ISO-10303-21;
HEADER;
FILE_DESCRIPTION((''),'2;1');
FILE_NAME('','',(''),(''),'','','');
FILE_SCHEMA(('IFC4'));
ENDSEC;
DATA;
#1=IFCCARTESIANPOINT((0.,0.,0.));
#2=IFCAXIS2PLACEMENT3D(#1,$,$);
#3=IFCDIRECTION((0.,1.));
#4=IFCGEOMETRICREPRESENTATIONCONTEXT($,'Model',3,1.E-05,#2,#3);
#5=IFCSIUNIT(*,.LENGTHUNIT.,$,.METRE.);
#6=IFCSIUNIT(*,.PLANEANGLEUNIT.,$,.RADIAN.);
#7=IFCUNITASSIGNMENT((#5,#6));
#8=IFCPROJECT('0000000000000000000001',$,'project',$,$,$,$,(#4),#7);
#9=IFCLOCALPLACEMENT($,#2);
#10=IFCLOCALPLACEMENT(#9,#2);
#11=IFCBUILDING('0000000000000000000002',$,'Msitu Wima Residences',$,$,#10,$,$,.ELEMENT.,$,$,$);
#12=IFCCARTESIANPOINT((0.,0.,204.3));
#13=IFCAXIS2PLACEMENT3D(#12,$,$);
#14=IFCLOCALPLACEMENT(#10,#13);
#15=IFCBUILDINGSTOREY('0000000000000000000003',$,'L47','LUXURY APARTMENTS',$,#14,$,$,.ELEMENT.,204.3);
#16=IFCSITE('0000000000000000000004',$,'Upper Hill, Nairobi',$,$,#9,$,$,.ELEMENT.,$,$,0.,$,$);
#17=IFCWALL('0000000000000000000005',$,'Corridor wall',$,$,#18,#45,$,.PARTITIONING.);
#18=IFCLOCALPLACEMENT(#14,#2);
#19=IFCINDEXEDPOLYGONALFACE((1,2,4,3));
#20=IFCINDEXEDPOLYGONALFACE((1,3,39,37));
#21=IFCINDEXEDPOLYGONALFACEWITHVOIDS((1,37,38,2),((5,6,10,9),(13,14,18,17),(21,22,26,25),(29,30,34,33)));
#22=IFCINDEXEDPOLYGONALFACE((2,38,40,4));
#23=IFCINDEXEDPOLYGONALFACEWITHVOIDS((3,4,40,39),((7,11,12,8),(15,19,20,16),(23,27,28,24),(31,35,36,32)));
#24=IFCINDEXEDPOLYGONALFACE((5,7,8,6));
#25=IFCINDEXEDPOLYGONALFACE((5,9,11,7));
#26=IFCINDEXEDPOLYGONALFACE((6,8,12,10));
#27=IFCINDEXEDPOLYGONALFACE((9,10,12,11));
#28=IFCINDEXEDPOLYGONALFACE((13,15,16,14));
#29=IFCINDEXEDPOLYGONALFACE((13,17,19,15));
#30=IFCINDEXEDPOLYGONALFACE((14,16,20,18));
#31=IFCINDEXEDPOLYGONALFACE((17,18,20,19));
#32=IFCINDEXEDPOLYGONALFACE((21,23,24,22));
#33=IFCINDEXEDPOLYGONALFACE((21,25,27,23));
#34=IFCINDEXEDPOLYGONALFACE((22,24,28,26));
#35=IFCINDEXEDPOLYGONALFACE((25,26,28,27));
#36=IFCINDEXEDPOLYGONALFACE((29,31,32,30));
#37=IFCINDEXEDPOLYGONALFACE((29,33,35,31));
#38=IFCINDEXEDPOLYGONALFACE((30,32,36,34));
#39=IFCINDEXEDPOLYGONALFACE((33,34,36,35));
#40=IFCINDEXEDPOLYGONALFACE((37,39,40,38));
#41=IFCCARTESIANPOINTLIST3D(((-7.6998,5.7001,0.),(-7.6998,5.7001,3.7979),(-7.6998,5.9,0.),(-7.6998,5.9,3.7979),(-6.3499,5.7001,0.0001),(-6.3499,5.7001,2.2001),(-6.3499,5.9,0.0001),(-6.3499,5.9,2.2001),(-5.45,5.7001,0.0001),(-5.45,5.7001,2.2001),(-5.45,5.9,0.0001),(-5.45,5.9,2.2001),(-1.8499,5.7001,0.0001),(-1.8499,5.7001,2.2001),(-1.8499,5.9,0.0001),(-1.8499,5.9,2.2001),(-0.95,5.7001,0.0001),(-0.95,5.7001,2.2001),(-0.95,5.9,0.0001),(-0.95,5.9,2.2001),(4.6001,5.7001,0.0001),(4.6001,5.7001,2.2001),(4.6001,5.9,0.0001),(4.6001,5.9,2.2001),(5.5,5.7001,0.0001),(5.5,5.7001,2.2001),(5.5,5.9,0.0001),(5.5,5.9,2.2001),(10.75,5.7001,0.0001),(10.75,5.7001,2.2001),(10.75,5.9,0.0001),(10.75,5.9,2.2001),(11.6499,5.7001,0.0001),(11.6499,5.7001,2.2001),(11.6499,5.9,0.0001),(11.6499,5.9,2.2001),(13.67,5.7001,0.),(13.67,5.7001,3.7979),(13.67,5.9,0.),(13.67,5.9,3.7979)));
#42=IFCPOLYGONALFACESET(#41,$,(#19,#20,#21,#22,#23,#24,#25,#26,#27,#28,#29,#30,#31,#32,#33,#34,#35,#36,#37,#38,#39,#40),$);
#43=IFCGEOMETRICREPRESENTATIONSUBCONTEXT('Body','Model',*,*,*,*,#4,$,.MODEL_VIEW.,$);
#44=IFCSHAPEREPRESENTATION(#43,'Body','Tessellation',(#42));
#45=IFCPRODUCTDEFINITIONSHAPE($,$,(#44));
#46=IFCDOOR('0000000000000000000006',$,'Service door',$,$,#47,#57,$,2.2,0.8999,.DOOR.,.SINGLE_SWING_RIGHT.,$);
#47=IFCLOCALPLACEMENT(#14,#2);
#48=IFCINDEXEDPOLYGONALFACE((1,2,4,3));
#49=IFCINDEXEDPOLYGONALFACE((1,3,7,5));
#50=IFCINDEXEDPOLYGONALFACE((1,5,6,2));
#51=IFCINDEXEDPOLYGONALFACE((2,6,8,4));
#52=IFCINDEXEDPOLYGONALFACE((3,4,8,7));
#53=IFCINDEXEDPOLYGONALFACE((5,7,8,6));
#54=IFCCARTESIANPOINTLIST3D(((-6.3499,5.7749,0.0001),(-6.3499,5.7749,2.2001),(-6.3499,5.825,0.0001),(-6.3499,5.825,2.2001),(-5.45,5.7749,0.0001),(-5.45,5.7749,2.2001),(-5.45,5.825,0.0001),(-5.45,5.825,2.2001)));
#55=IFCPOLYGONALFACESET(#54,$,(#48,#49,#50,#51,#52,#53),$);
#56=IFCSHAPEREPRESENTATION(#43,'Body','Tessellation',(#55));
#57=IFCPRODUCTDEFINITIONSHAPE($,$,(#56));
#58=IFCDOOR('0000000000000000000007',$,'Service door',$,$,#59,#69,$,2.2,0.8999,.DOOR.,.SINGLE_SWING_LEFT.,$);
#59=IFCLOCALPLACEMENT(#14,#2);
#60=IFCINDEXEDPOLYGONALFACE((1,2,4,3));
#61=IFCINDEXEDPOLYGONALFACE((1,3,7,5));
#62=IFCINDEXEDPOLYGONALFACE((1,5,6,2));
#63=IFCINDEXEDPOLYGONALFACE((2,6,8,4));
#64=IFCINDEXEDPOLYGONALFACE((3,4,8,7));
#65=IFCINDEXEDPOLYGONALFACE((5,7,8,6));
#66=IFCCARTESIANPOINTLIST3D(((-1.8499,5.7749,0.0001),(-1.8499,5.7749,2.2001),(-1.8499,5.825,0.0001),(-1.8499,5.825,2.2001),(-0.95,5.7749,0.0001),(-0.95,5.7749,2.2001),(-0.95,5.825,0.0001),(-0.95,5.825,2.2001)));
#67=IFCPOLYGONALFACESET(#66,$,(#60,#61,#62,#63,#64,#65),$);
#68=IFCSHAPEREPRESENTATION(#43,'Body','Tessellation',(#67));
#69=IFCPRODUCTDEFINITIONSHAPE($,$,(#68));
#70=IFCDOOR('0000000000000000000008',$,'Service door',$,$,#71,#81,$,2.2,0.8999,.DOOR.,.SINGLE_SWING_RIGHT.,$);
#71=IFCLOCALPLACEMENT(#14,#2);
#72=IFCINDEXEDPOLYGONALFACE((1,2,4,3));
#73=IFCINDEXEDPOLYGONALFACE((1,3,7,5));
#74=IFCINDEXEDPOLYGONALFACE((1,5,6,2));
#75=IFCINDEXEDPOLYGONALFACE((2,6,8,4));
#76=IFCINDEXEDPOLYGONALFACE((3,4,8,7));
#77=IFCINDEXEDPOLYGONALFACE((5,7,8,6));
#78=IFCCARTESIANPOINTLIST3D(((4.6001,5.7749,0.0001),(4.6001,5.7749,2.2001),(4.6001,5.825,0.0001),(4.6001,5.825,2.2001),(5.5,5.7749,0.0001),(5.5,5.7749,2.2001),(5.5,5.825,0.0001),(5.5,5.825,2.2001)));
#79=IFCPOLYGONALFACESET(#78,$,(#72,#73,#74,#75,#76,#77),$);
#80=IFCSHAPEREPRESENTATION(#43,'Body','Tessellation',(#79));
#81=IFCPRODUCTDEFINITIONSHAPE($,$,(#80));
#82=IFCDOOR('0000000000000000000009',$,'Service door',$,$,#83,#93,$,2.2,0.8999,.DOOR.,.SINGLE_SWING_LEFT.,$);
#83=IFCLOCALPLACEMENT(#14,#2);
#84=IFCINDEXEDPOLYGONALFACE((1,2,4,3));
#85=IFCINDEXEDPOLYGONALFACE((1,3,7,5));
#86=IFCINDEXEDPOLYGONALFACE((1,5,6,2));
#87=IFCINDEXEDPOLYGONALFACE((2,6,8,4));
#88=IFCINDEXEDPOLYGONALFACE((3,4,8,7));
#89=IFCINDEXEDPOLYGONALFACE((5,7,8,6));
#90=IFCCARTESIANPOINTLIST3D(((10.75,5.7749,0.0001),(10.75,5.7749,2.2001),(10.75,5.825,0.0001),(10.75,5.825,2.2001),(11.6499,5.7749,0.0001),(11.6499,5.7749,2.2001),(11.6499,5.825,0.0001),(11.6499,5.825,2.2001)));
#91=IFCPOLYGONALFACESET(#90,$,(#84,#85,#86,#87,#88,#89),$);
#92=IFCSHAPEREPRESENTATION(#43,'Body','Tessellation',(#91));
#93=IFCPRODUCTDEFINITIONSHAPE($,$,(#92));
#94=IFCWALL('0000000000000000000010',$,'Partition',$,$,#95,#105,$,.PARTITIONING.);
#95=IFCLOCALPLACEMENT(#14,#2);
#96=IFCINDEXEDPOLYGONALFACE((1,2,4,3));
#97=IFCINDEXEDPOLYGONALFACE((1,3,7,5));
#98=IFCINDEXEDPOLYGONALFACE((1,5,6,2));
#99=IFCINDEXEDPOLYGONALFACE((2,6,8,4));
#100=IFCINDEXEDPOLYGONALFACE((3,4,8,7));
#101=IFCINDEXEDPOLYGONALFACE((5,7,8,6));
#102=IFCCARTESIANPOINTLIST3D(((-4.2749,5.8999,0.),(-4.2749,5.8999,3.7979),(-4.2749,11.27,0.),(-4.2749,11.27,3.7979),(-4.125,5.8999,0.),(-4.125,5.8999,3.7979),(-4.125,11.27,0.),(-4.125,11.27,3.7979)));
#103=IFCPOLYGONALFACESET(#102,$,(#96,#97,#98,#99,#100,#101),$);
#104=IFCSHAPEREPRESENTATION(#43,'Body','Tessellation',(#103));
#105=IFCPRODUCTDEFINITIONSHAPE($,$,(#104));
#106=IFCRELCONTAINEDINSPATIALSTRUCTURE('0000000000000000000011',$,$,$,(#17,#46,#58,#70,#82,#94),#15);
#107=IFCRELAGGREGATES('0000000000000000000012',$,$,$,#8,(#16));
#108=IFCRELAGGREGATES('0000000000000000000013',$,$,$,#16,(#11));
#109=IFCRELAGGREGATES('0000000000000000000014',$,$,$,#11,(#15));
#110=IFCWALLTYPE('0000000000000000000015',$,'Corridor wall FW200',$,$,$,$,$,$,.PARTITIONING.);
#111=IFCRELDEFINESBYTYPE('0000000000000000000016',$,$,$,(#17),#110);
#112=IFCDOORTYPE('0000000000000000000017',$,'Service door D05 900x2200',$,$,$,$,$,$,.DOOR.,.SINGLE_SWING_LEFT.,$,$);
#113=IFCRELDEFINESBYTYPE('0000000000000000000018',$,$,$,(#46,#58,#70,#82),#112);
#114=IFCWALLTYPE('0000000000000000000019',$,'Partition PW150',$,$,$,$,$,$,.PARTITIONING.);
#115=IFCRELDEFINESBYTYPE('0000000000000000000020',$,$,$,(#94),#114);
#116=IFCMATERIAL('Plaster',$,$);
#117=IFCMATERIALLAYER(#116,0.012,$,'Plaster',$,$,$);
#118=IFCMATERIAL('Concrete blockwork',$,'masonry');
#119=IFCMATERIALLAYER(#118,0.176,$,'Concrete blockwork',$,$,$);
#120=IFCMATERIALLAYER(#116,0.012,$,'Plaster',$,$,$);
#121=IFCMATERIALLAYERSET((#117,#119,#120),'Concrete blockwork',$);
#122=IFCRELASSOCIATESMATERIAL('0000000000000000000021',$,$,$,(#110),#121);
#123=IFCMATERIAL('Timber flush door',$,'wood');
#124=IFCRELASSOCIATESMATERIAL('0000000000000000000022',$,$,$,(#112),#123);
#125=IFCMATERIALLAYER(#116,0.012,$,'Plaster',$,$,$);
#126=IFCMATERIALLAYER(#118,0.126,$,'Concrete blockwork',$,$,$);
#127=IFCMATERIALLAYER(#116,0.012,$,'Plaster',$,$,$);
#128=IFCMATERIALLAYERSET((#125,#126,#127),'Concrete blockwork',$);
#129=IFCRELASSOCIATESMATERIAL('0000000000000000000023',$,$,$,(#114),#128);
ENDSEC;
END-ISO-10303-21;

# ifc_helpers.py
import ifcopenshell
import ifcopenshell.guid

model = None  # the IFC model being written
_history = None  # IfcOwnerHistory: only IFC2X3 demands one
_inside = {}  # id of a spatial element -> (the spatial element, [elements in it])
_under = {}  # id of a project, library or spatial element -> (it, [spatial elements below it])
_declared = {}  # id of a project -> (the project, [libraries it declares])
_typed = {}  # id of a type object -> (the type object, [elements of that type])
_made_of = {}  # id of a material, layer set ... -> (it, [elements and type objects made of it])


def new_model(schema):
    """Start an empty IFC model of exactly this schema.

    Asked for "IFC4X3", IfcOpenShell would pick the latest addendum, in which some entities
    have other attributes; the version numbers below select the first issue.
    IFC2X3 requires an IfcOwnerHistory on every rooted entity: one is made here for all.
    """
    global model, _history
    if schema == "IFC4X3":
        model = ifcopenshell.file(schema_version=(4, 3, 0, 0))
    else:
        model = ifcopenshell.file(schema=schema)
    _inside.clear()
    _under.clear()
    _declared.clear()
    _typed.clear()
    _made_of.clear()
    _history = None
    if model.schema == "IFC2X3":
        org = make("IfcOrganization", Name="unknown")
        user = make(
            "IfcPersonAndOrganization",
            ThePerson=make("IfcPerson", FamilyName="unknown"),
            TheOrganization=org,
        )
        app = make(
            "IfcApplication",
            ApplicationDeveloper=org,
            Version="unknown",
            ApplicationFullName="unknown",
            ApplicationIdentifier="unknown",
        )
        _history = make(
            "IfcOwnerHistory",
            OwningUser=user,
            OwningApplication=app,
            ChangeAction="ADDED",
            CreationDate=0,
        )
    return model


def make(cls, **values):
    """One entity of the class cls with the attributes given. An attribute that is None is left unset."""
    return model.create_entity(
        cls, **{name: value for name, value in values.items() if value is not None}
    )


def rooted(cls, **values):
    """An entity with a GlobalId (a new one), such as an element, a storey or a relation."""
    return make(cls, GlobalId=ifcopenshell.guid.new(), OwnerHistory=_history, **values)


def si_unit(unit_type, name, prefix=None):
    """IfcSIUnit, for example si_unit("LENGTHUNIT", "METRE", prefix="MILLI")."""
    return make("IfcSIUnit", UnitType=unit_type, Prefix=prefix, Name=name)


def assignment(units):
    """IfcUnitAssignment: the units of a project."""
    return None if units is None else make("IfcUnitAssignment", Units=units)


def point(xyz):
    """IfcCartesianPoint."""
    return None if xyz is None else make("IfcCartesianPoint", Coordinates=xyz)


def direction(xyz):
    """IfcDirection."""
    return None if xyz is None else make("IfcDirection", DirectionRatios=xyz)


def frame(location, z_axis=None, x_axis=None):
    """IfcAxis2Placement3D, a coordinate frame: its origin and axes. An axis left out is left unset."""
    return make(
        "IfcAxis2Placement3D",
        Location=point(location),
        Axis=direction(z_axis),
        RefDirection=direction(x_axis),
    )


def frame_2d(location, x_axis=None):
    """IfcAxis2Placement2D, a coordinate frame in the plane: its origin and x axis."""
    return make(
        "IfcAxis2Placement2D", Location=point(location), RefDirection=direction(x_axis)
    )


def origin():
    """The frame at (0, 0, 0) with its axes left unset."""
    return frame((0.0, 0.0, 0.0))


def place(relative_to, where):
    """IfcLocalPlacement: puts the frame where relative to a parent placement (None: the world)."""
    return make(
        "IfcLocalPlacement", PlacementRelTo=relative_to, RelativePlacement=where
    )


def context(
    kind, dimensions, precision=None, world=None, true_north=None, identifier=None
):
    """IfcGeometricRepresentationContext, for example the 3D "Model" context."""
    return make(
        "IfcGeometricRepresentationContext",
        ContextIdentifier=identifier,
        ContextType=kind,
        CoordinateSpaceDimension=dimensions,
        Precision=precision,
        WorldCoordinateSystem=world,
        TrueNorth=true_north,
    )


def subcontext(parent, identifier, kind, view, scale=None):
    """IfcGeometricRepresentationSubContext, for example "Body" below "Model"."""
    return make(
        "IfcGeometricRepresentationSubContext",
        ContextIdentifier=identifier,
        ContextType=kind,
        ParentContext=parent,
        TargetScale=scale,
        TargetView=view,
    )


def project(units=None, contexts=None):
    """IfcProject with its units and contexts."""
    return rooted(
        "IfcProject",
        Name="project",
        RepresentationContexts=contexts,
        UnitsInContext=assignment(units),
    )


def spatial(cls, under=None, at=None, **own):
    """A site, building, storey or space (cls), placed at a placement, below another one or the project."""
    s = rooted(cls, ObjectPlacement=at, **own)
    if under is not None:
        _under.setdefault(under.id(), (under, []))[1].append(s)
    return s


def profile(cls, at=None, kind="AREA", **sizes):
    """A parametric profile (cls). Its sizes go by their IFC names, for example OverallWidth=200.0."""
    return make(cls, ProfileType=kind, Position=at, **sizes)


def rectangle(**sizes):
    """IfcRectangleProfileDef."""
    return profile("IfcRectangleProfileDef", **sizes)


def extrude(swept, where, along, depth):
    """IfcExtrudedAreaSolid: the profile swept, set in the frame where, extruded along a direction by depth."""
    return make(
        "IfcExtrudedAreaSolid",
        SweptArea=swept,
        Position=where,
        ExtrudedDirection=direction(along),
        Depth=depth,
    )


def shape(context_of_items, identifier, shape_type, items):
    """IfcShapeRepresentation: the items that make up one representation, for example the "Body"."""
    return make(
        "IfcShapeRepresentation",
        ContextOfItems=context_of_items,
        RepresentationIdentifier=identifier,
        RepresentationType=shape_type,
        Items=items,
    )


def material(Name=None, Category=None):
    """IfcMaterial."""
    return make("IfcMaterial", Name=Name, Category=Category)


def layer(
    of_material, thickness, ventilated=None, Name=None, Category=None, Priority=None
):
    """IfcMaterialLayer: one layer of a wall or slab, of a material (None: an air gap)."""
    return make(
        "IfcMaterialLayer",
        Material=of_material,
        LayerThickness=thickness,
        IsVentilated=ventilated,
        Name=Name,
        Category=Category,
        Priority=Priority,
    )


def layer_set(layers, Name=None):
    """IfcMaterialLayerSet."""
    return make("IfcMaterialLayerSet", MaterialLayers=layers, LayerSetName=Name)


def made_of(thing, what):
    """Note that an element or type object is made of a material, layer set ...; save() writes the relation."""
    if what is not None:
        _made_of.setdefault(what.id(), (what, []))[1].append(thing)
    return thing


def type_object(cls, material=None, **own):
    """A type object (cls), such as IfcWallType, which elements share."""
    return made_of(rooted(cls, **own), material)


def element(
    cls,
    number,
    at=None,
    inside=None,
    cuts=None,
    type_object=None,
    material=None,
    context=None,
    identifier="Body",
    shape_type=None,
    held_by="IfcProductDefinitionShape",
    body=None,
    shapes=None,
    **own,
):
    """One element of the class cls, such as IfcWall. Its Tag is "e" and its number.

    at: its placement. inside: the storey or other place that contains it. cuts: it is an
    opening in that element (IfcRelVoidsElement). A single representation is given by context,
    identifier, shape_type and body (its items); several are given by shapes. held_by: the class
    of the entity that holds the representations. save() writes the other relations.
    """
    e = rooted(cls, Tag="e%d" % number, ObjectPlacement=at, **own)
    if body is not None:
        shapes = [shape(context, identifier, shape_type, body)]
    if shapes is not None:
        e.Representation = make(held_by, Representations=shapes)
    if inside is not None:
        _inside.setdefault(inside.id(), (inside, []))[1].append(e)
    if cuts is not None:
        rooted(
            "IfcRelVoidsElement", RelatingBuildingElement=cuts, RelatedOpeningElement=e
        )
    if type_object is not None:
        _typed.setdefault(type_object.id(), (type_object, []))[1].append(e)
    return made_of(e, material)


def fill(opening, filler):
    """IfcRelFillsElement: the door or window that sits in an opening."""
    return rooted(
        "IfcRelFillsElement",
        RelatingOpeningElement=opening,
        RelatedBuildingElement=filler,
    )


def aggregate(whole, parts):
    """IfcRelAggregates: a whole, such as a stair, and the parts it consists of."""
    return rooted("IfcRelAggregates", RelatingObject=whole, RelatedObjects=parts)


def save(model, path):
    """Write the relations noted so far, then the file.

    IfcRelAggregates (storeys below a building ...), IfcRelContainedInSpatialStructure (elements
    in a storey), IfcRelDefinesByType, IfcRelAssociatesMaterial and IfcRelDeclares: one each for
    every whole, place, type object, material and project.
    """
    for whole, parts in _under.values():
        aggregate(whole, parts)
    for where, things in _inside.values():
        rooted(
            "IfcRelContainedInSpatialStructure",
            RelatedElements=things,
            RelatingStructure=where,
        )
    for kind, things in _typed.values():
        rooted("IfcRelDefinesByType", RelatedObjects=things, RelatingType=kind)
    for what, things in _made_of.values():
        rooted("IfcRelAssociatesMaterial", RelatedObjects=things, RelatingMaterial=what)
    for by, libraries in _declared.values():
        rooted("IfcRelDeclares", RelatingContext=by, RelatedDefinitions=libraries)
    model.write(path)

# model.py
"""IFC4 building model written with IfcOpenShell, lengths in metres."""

from ifc_helpers import new_model, si_unit, direction, frame, frame_2d, origin, place, context, subcontext, project, spatial, rectangle, extrude, material, layer, layer_set, type_object, element, fill, save


model = new_model("IFC4")

# Units and contexts
model_context = context("Model", 3, precision=1e-05, world=origin(), true_north=direction((0.0, 1.0)))
body_context = subcontext(model_context, "Body", "Model", "MODEL_VIEW")
ifc_project = project(units=[si_unit("LENGTHUNIT", "METRE"), si_unit("PLANEANGLEUNIT", "RADIAN")], contexts=[model_context])

# Site, building, storey
site_placement = place(None, origin())
site = spatial("IfcSite", under=ifc_project, at=site_placement, Name="Upper Hill, Nairobi", CompositionType="ELEMENT", RefElevation=0.0)
building_placement = place(site_placement, origin())
building = spatial("IfcBuilding", under=site, at=building_placement, Name="Msitu Wima Residences", CompositionType="ELEMENT")
storey_placement = place(building_placement, frame((0.0, 0.0, 204.3)))
storey = spatial("IfcBuildingStorey", under=building, at=storey_placement, Name="L47", Description="LUXURY APARTMENTS", CompositionType="ELEMENT", Elevation=204.3)

# Shared definitions
ifc_material_1 = material(Name="Plaster")
ifc_layer_1 = layer(ifc_material_1, 0.012, Name="Plaster")
ifc_material_2 = material(Name="Concrete blockwork", Category="masonry")
ifc_layer_2 = layer(ifc_material_2, 0.176, Name="Concrete blockwork")
ifc_layer_3 = layer(ifc_material_1, 0.012, Name="Plaster")
ifc_layer_set_1 = layer_set([ifc_layer_1, ifc_layer_2, ifc_layer_3], Name="Concrete blockwork")
wall_type_1 = type_object("IfcWallType", Name="Corridor wall FW200", PredefinedType="PARTITIONING", material=ifc_layer_set_1)

# Wall, openings, doors
wall_1_placement = place(storey_placement, frame((-7.7, 5.8, 0.0), z_axis=(0.0, 0.0, 1.0), x_axis=(1.0, 0.0, 0.0)))
wall_1 = element("IfcWall", 1, at=wall_1_placement, inside=storey, type_object=wall_type_1, Name="Corridor wall", PredefinedType="PARTITIONING", context=body_context, shape_type="SweptSolid", body=[
    extrude(rectangle(XDim=21.3699, YDim=0.2, at=frame_2d((10.6851, 0.0))), origin(), (0.0, 0.0, 1.0), 3.7979),
])
opening_1_placement = place(wall_1_placement, frame((1.3501, 0.0, 0.0)))
opening_1 = element("IfcOpeningElement", 2, at=opening_1_placement, cuts=wall_1, PredefinedType="OPENING", context=body_context, shape_type="SweptSolid", body=[
    extrude(rectangle(XDim=0.8999, YDim=2.2, at=frame_2d((0.45, 1.1001))), frame((0.0, 0.1099, 0.0), z_axis=(0.0, -1.0, 0.0), x_axis=(1.0, 0.0, 0.0)), (0.0, 0.0, 1.0), 0.22),
])
opening_2_placement = place(wall_1_placement, frame((5.8501, 0.0, 0.0)))
opening_2 = element("IfcOpeningElement", 3, at=opening_2_placement, cuts=wall_1, PredefinedType="OPENING", context=body_context, shape_type="SweptSolid", body=[
    extrude(rectangle(XDim=0.8999, YDim=2.2, at=frame_2d((0.45, 1.1001))), frame((0.0, 0.1099, 0.0), z_axis=(0.0, -1.0, 0.0), x_axis=(1.0, 0.0, 0.0)), (0.0, 0.0, 1.0), 0.22),
])
opening_3_placement = place(wall_1_placement, frame((12.3, 0.0, 0.0)))
opening_3 = element("IfcOpeningElement", 4, at=opening_3_placement, cuts=wall_1, PredefinedType="OPENING", context=body_context, shape_type="SweptSolid", body=[
    extrude(rectangle(XDim=0.8999, YDim=2.2, at=frame_2d((0.45, 1.1001))), frame((0.0, 0.1099, 0.0), z_axis=(0.0, -1.0, 0.0), x_axis=(1.0, 0.0, 0.0)), (0.0, 0.0, 1.0), 0.22),
])
opening_4_placement = place(wall_1_placement, frame((18.45, 0.0, 0.0)))
opening_4 = element("IfcOpeningElement", 5, at=opening_4_placement, cuts=wall_1, PredefinedType="OPENING", context=body_context, shape_type="SweptSolid", body=[
    extrude(rectangle(XDim=0.8999, YDim=2.2, at=frame_2d((0.45, 1.1001))), frame((0.0, 0.1099, 0.0), z_axis=(0.0, -1.0, 0.0), x_axis=(1.0, 0.0, 0.0)), (0.0, 0.0, 1.0), 0.22),
])
ifc_material_3 = material(Name="Timber flush door", Category="wood")
door_type_1 = type_object("IfcDoorType", Name="Service door D05 900x2200", OperationType="SINGLE_SWING_LEFT", PredefinedType="DOOR", material=ifc_material_3)
door_1_placement = place(opening_1_placement, origin())
door_1 = element("IfcDoor", 6, at=door_1_placement, inside=storey, type_object=door_type_1, Name="Service door", OperationType="SINGLE_SWING_RIGHT", OverallHeight=2.2, OverallWidth=0.8999, PredefinedType="DOOR", context=body_context, shape_type="SweptSolid", body=[
    extrude(rectangle(XDim=0.8999, YDim=2.2, at=frame_2d((0.45, 1.1001))), frame((0.0, 0.0249, 0.0), z_axis=(0.0, -1.0, 0.0), x_axis=(1.0, 0.0, 0.0)), (0.0, 0.0, 1.0), 0.05),
])
fill(opening_1, door_1)
door_2_placement = place(opening_2_placement, origin())
door_2 = element("IfcDoor", 7, at=door_2_placement, inside=storey, type_object=door_type_1, Name="Service door", OperationType="SINGLE_SWING_LEFT", OverallHeight=2.2, OverallWidth=0.8999, PredefinedType="DOOR", context=body_context, shape_type="SweptSolid", body=[
    extrude(rectangle(XDim=0.8999, YDim=2.2, at=frame_2d((0.45, 1.1001))), frame((0.0, 0.0249, 0.0), z_axis=(0.0, -1.0, 0.0), x_axis=(1.0, 0.0, 0.0)), (0.0, 0.0, 1.0), 0.05),
])
fill(opening_2, door_2)
door_3_placement = place(opening_3_placement, origin())
door_3 = element("IfcDoor", 8, at=door_3_placement, inside=storey, type_object=door_type_1, Name="Service door", OperationType="SINGLE_SWING_RIGHT", OverallHeight=2.2, OverallWidth=0.8999, PredefinedType="DOOR", context=body_context, shape_type="SweptSolid", body=[
    extrude(rectangle(XDim=0.8999, YDim=2.2, at=frame_2d((0.45, 1.1001))), frame((0.0, 0.0249, 0.0), z_axis=(0.0, -1.0, 0.0), x_axis=(1.0, 0.0, 0.0)), (0.0, 0.0, 1.0), 0.05),
])
fill(opening_3, door_3)
door_4_placement = place(opening_4_placement, origin())
door_4 = element("IfcDoor", 9, at=door_4_placement, inside=storey, type_object=door_type_1, Name="Service door", OperationType="SINGLE_SWING_LEFT", OverallHeight=2.2, OverallWidth=0.8999, PredefinedType="DOOR", context=body_context, shape_type="SweptSolid", body=[
    extrude(rectangle(XDim=0.8999, YDim=2.2, at=frame_2d((0.45, 1.1001))), frame((0.0, 0.0249, 0.0), z_axis=(0.0, -1.0, 0.0), x_axis=(1.0, 0.0, 0.0)), (0.0, 0.0, 1.0), 0.05),
])
fill(opening_4, door_4)

# Wall
ifc_layer_4 = layer(ifc_material_1, 0.012, Name="Plaster")
ifc_layer_5 = layer(ifc_material_2, 0.126, Name="Concrete blockwork")
ifc_layer_6 = layer(ifc_material_1, 0.012, Name="Plaster")
ifc_layer_set_2 = layer_set([ifc_layer_4, ifc_layer_5, ifc_layer_6], Name="Concrete blockwork")
wall_type_2 = type_object("IfcWallType", Name="Partition PW150", PredefinedType="PARTITIONING", material=ifc_layer_set_2)
wall_2_placement = place(storey_placement, frame((-4.2, 5.8999, 0.0), z_axis=(0.0, 0.0, 1.0), x_axis=(0.0, 1.0, 0.0)))
element("IfcWall", 10, at=wall_2_placement, inside=storey, type_object=wall_type_2, Name="Partition", PredefinedType="PARTITIONING", context=body_context, shape_type="SweptSolid", body=[
    extrude(rectangle(XDim=5.3701, YDim=0.1499, at=frame_2d((2.6851, 0.0))), origin(), (0.0, 0.0, 1.0), 3.7979),
])

save(model, "model.ifc")
